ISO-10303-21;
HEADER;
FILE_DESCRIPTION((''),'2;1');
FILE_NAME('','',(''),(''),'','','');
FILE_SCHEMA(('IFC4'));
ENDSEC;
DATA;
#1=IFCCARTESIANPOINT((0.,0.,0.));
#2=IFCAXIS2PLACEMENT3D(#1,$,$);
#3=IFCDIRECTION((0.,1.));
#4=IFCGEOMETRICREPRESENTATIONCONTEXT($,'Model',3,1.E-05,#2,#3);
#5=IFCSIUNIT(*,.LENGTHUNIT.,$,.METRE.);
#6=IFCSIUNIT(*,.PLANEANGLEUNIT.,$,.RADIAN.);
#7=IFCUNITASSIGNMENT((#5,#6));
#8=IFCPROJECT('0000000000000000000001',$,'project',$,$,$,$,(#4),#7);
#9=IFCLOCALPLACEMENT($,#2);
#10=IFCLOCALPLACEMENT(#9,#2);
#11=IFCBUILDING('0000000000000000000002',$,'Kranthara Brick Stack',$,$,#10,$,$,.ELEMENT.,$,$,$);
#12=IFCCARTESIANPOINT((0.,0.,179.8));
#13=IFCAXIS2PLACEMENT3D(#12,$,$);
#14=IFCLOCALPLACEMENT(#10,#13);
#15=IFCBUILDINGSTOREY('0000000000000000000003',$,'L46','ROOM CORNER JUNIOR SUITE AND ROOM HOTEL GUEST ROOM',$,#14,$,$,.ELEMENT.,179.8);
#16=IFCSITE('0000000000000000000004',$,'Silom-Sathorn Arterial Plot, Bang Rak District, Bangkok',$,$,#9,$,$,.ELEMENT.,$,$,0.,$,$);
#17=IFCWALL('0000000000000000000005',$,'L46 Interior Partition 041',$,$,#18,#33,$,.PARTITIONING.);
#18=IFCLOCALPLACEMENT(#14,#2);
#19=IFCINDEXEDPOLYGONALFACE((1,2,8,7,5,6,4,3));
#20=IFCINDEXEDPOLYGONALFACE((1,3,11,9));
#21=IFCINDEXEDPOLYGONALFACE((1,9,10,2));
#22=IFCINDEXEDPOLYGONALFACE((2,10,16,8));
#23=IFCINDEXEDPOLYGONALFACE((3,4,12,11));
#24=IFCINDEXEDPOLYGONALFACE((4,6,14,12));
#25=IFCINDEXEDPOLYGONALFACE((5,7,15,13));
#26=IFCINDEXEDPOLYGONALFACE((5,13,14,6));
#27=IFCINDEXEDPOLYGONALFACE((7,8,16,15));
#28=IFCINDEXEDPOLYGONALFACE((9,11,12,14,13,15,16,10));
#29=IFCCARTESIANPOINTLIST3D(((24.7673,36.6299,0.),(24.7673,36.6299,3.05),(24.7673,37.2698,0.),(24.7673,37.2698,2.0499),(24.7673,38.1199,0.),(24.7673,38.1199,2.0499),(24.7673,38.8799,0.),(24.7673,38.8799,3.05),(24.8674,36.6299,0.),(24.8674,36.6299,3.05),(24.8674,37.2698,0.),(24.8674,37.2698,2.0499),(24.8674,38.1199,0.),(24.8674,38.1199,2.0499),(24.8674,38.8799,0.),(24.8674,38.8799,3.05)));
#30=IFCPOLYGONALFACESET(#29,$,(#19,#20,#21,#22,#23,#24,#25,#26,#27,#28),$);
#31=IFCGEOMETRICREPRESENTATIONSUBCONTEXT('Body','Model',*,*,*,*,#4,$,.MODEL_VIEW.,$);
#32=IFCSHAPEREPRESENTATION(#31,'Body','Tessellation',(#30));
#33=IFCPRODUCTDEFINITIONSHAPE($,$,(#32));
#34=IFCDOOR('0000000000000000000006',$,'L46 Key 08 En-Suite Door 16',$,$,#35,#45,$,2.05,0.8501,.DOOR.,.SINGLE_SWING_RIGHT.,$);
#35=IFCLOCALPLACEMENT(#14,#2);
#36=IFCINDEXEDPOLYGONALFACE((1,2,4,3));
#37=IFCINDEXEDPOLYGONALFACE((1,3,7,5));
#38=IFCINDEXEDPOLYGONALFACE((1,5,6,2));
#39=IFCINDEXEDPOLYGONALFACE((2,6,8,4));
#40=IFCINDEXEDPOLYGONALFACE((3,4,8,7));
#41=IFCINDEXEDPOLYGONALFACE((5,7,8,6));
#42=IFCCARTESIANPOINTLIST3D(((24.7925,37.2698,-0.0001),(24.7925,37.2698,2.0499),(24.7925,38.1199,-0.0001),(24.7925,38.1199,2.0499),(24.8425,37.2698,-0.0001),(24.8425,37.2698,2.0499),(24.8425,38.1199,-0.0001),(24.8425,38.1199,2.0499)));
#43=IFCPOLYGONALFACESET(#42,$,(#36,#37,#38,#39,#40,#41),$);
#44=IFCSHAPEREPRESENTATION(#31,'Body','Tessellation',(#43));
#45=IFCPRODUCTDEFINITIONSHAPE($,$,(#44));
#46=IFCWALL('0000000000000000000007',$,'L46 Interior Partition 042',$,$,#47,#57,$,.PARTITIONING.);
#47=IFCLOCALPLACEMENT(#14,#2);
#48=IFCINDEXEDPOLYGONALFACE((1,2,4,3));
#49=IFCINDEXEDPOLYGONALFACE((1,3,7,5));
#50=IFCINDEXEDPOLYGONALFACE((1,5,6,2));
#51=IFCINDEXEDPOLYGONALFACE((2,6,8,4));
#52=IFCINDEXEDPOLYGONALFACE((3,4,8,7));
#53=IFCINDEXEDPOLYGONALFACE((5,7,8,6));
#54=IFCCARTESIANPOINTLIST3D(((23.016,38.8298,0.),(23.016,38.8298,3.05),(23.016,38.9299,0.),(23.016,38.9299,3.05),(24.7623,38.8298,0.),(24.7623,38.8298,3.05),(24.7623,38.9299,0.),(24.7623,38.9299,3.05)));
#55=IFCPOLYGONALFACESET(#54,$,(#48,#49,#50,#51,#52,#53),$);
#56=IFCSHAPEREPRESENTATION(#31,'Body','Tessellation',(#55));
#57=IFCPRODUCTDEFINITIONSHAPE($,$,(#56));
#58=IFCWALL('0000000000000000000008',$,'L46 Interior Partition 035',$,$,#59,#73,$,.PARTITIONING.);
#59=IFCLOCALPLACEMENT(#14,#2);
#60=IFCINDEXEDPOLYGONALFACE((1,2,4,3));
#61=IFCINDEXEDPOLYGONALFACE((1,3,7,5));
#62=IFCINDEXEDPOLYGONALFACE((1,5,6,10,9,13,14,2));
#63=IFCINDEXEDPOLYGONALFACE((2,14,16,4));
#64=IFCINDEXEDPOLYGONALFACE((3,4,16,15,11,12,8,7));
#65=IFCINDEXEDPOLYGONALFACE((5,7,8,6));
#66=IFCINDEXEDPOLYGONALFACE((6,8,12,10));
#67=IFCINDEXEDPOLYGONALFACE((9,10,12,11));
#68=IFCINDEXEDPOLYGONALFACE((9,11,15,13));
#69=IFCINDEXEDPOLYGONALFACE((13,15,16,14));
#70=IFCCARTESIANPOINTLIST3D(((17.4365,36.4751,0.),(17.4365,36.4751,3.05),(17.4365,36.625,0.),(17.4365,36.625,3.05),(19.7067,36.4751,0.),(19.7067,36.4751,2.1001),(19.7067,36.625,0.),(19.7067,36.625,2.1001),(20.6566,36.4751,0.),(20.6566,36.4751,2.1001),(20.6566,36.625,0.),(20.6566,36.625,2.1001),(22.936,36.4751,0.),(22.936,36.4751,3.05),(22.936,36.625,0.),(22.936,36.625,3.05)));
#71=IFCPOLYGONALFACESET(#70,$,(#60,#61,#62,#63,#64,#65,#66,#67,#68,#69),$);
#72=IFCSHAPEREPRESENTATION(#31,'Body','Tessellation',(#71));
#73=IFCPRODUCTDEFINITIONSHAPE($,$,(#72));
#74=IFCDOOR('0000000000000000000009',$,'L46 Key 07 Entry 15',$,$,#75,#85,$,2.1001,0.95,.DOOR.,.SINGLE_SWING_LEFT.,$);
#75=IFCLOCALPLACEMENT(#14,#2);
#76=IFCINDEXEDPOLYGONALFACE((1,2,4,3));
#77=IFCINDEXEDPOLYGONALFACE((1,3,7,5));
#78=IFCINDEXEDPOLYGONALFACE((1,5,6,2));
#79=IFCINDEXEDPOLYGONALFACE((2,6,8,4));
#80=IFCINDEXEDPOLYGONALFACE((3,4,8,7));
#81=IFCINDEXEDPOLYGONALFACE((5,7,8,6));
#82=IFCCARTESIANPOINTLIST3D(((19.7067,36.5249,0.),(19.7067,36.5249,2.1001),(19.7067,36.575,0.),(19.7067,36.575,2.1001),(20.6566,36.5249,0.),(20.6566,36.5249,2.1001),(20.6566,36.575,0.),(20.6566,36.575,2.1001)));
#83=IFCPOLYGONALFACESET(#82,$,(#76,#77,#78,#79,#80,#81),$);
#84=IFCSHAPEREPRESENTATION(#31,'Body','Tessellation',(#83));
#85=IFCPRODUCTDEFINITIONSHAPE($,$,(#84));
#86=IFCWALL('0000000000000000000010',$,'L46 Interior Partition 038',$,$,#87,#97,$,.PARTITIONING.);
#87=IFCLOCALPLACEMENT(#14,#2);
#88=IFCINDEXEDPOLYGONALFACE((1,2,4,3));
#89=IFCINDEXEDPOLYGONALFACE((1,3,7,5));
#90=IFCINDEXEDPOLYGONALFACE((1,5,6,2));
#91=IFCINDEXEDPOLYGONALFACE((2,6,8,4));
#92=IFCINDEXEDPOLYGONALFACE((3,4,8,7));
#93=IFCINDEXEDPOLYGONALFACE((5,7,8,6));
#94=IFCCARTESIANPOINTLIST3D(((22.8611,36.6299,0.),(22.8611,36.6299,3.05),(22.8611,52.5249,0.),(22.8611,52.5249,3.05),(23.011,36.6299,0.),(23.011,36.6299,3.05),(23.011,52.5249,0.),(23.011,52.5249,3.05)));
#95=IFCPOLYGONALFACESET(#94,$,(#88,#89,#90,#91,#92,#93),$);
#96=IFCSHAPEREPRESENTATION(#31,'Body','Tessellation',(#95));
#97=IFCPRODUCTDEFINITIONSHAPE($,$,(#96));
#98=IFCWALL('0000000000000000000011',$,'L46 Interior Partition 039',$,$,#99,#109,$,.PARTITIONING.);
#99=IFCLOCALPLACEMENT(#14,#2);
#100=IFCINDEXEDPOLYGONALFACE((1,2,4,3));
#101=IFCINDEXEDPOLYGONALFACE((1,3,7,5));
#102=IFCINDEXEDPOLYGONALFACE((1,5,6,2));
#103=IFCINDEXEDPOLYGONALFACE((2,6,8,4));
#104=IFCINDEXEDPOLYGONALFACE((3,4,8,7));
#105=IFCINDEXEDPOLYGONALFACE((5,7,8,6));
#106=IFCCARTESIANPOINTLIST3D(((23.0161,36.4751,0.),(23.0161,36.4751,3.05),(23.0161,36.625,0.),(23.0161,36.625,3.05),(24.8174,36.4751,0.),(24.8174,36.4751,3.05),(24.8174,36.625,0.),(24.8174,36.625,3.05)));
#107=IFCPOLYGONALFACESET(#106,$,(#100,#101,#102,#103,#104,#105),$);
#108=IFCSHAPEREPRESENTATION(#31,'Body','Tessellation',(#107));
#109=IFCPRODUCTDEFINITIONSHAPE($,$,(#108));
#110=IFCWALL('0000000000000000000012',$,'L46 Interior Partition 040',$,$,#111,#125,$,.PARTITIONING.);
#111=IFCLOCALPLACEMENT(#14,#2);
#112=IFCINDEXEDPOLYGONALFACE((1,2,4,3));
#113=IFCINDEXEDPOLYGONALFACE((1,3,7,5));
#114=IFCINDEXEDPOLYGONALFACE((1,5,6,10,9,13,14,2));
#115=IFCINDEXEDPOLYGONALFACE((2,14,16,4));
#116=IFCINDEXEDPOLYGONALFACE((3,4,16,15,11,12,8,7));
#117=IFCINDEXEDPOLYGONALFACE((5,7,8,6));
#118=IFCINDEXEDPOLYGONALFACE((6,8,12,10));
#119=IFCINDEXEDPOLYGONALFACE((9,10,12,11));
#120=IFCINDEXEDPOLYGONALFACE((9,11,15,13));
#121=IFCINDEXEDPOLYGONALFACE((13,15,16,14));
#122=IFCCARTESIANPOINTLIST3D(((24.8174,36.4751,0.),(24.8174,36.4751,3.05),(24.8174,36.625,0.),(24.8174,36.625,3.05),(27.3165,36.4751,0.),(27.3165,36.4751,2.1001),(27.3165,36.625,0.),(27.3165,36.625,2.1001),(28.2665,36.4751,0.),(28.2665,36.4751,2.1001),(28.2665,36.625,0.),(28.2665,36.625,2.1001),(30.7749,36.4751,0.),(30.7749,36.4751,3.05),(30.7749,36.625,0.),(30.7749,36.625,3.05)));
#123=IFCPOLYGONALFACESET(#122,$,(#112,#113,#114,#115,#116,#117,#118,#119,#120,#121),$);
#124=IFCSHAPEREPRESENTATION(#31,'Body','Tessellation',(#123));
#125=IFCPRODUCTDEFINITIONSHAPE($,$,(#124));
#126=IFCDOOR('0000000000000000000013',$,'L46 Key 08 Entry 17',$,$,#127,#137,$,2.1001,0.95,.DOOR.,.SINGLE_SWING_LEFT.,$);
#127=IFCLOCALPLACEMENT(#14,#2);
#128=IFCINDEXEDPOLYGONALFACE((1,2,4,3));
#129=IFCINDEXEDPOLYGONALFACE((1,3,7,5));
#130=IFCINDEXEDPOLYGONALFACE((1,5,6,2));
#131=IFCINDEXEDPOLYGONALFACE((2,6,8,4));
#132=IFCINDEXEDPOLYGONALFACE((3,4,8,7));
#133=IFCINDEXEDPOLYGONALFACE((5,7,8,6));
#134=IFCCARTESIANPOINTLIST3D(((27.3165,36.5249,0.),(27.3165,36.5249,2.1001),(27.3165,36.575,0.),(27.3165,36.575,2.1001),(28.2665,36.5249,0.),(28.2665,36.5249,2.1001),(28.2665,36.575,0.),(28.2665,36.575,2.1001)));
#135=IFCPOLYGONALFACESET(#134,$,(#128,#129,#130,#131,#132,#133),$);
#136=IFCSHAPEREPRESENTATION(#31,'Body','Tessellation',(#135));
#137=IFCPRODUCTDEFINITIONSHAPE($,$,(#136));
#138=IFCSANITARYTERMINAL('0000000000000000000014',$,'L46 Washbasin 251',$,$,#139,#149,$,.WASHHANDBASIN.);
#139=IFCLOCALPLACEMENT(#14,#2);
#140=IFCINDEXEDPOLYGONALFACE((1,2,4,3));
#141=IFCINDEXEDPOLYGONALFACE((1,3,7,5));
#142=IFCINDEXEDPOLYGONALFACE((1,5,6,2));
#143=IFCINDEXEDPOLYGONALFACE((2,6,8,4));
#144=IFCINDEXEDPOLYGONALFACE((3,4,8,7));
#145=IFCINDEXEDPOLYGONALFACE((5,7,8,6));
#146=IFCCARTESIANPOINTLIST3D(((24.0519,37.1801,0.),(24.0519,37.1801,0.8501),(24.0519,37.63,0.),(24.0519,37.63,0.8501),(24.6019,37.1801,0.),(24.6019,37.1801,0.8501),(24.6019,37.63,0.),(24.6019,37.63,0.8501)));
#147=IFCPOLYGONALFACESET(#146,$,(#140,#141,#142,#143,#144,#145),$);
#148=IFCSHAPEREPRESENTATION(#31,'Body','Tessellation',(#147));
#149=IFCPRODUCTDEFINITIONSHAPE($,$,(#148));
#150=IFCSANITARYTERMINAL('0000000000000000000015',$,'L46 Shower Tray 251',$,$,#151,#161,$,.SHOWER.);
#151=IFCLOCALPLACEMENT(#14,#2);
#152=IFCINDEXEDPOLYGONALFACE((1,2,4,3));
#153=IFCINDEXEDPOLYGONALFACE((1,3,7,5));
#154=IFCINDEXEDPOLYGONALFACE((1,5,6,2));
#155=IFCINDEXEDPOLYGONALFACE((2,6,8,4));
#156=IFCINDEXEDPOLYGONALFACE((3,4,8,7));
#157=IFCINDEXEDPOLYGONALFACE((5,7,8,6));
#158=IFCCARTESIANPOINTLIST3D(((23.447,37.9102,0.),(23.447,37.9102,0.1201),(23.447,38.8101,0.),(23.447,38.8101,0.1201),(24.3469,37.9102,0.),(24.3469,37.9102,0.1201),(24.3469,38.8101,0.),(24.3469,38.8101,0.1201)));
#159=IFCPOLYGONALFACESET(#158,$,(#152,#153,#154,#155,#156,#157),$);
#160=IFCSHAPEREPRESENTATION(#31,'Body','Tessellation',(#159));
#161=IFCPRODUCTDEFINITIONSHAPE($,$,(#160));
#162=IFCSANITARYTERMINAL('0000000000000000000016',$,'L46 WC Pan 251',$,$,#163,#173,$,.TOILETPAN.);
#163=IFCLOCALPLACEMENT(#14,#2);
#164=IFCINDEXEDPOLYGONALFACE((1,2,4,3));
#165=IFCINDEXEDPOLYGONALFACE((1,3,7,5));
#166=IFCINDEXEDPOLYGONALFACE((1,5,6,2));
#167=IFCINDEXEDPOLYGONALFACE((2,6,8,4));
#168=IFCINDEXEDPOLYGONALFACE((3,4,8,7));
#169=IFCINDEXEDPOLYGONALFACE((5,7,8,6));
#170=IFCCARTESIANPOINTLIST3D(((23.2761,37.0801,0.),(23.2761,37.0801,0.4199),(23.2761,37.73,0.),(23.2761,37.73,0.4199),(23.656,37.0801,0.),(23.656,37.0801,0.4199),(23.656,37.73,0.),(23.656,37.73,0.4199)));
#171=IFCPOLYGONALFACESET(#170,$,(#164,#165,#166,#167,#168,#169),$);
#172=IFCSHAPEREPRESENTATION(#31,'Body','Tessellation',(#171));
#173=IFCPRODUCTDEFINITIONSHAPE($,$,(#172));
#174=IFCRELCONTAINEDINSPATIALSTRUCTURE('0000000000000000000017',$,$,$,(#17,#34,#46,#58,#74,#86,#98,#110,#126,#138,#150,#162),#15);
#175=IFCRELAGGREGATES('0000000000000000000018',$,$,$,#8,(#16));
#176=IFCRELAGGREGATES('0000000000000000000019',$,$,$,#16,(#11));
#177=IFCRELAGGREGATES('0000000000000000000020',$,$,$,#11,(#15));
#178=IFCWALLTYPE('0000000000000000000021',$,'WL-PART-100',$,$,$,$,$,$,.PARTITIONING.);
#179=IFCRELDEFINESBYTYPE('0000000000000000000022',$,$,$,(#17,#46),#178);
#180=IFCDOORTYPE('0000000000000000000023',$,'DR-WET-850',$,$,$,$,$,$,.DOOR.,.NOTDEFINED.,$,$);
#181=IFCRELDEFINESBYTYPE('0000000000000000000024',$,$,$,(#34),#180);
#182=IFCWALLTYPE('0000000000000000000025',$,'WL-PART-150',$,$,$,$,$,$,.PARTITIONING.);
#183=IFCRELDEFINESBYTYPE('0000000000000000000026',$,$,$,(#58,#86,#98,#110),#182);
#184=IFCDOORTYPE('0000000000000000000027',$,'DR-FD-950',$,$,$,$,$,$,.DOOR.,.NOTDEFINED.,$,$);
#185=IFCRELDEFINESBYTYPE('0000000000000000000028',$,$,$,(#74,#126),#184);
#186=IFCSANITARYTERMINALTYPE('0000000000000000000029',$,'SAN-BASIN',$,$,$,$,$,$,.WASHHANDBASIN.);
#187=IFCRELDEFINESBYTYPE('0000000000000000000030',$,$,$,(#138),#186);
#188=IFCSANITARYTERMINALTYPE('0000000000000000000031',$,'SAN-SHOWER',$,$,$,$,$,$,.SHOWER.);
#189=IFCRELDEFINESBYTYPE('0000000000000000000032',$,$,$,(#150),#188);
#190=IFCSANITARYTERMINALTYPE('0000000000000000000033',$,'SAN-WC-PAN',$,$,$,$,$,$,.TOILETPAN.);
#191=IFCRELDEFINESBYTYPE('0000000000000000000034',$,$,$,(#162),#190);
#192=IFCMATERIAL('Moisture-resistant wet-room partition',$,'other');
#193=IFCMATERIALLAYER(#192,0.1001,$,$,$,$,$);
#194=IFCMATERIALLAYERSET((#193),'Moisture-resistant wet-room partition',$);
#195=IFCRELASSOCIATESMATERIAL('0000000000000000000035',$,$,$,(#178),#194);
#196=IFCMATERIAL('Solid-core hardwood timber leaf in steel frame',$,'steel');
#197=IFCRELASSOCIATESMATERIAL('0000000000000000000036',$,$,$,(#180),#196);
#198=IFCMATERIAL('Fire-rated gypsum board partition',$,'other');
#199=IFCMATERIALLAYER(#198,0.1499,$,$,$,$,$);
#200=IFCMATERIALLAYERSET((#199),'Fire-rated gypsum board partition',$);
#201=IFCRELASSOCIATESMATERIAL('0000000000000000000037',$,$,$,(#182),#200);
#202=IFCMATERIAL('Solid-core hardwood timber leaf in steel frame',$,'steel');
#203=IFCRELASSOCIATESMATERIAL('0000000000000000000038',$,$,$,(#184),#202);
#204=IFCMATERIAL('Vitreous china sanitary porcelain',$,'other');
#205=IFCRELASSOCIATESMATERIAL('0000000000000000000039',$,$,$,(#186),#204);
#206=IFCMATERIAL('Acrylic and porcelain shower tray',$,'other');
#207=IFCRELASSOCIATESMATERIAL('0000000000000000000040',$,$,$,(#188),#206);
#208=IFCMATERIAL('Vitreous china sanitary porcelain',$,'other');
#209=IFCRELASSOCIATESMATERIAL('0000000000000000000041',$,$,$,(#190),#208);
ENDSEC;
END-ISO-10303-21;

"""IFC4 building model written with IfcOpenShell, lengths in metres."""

from ifc_helpers import new_model, si_unit, direction, frame, frame_2d, origin, origin_2d, place, context, subcontext, project, spatial, rectangle, extrude, material, layer, layer_set, type_object, element, fill, save


model = new_model("IFC4")

# Units and contexts
model_context = context("Model", 3, precision=1e-05, world=origin(), true_north=direction((0.0, 1.0)))
body_context = subcontext(model_context, "Body", "Model", "MODEL_VIEW")
ifc_project = project(units=[si_unit("LENGTHUNIT", "METRE"), si_unit("PLANEANGLEUNIT", "RADIAN")], contexts=[model_context])

# Site, building, storey
site_placement = place(None, origin())
site = spatial("IfcSite", under=ifc_project, at=site_placement, Name="Silom-Sathorn Arterial Plot, Bang Rak District, Bangkok", CompositionType="ELEMENT", RefElevation=0.0)
building_placement = place(site_placement, origin())
building = spatial("IfcBuilding", under=site, at=building_placement, Name="Kranthara Brick Stack", CompositionType="ELEMENT")
storey_placement = place(building_placement, frame((0.0, 0.0, 179.8)))
storey = spatial("IfcBuildingStorey", under=building, at=storey_placement, Name="L46", Description="ROOM CORNER JUNIOR SUITE AND ROOM HOTEL GUEST ROOM", CompositionType="ELEMENT", Elevation=179.8)

# Wall, opening, door
ifc_material_1 = material(Name="Moisture-resistant wet-room partition", Category="other")
ifc_layer_1 = layer(ifc_material_1, 0.1001)
ifc_layer_set_1 = layer_set([ifc_layer_1], Name="Moisture-resistant wet-room partition")
wall_type_1 = type_object("IfcWallType", Name="WL-PART-100", PredefinedType="PARTITIONING", material=ifc_layer_set_1)
ifc_material_2 = material(Name="Solid-core hardwood timber leaf in steel frame", Category="steel")
door_type_1 = type_object("IfcDoorType", Name="DR-WET-850", OperationType="NOTDEFINED", PredefinedType="DOOR", material=ifc_material_2)
wall_1_placement = place(storey_placement, frame((24.8174, 36.6299, 0.0), z_axis=(0.0, 0.0, 1.0), x_axis=(0.0, 1.0, 0.0)))
wall_1 = element("IfcWall", 1, at=wall_1_placement, inside=storey, type_object=wall_type_1, Name="L46 Interior Partition 041", PredefinedType="PARTITIONING", context=body_context, shape_type="SweptSolid", body=[
    extrude(rectangle(XDim=2.25, YDim=0.1001, at=frame_2d((1.125, 0.0))), origin(), (0.0, 0.0, 1.0), 3.05),
])
opening_1_placement = place(wall_1_placement, frame((0.6399, 0.0, 0.0)))
opening_1 = element("IfcOpeningElement", 2, at=opening_1_placement, cuts=wall_1, PredefinedType="OPENING", context=body_context, shape_type="SweptSolid", body=[
    extrude(rectangle(XDim=0.8501, YDim=2.05, at=frame_2d((0.425, 1.0249))), frame((0.0, 0.0601, 0.0), z_axis=(0.0, -1.0, 0.0), x_axis=(1.0, 0.0, 0.0)), (0.0, 0.0, 1.0), 0.1201),
])
door_1_placement = place(opening_1_placement, origin())
door_1 = element("IfcDoor", 3, at=door_1_placement, inside=storey, type_object=door_type_1, Name="L46 Key 08 En-Suite Door 16", OperationType="SINGLE_SWING_RIGHT", OverallHeight=2.05, OverallWidth=0.8501, PredefinedType="DOOR", context=body_context, shape_type="SweptSolid", body=[
    extrude(rectangle(XDim=0.8501, YDim=2.05, at=frame_2d((0.425, 1.0249))), frame((0.0, 0.0249, 0.0), z_axis=(0.0, -1.0, 0.0), x_axis=(1.0, 0.0, 0.0)), (0.0, 0.0, 1.0), 0.05),
])
fill(opening_1, door_1)

# Wall
wall_2_placement = place(storey_placement, frame((23.0161, 38.8799, 0.0), z_axis=(0.0, 0.0, 1.0), x_axis=(1.0, 0.0, 0.0)))
element("IfcWall", 4, at=wall_2_placement, inside=storey, type_object=wall_type_1, Name="L46 Interior Partition 042", PredefinedType="PARTITIONING", context=body_context, shape_type="SweptSolid", body=[
    extrude(rectangle(XDim=1.7463, YDim=0.1001, at=frame_2d((0.873, 0.0))), origin(), (0.0, 0.0, 1.0), 3.05),
])

# Wall, opening, door
ifc_material_3 = material(Name="Fire-rated gypsum board partition", Category="other")
ifc_layer_2 = layer(ifc_material_3, 0.1499)
ifc_layer_set_2 = layer_set([ifc_layer_2], Name="Fire-rated gypsum board partition")
wall_type_2 = type_object("IfcWallType", Name="WL-PART-150", PredefinedType="PARTITIONING", material=ifc_layer_set_2)
wall_3_placement = place(storey_placement, frame((17.4365, 36.55, 0.0), z_axis=(0.0, 0.0, 1.0), x_axis=(1.0, 0.0, 0.0)))
wall_3 = element("IfcWall", 5, at=wall_3_placement, inside=storey, type_object=wall_type_2, Name="L46 Interior Partition 035", PredefinedType="PARTITIONING", context=body_context, shape_type="SweptSolid", body=[
    extrude(rectangle(XDim=5.4995, YDim=0.1499, at=frame_2d((2.7498, 0.0))), origin(), (0.0, 0.0, 1.0), 3.05),
])
opening_2_placement = place(wall_3_placement, frame((2.27, 0.0, 0.0)))
opening_2 = element("IfcOpeningElement", 6, at=opening_2_placement, cuts=wall_3, PredefinedType="OPENING", context=body_context, shape_type="SweptSolid", body=[
    extrude(rectangle(XDim=0.95, YDim=2.1001, at=frame_2d((0.4751, 1.05))), frame((0.0, 0.085, 0.0), z_axis=(0.0, -1.0, 0.0), x_axis=(1.0, 0.0, 0.0)), (0.0, 0.0, 1.0), 0.1699),
])
ifc_material_4 = material(Name="Solid-core hardwood timber leaf in steel frame", Category="steel")
door_type_2 = type_object("IfcDoorType", Name="DR-FD-950", OperationType="NOTDEFINED", PredefinedType="DOOR", material=ifc_material_4)
door_2_placement = place(opening_2_placement, origin())
door_2 = element("IfcDoor", 7, at=door_2_placement, inside=storey, type_object=door_type_2, Name="L46 Key 07 Entry 15", OperationType="SINGLE_SWING_LEFT", OverallHeight=2.1001, OverallWidth=0.95, PredefinedType="DOOR", context=body_context, shape_type="SweptSolid", body=[
    extrude(rectangle(XDim=0.95, YDim=2.1001, at=frame_2d((0.4751, 1.05))), frame((0.0, 0.0249, 0.0), z_axis=(0.0, -1.0, 0.0), x_axis=(1.0, 0.0, 0.0)), (0.0, 0.0, 1.0), 0.05),
])
fill(opening_2, door_2)

# Walls
wall_4_placement = place(storey_placement, frame((22.936, 36.6299, 0.0), z_axis=(0.0, 0.0, 1.0), x_axis=(0.0, 1.0, 0.0)))
element("IfcWall", 8, at=wall_4_placement, inside=storey, type_object=wall_type_2, Name="L46 Interior Partition 038", PredefinedType="PARTITIONING", context=body_context, shape_type="SweptSolid", body=[
    extrude(rectangle(XDim=15.895, YDim=0.1499, at=frame_2d((7.9475, 0.0))), origin(), (0.0, 0.0, 1.0), 3.05),
])
wall_5_placement = place(storey_placement, frame((23.0161, 36.55, 0.0), z_axis=(0.0, 0.0, 1.0), x_axis=(1.0, 0.0, 0.0)))
element("IfcWall", 9, at=wall_5_placement, inside=storey, type_object=wall_type_2, Name="L46 Interior Partition 039", PredefinedType="PARTITIONING", context=body_context, shape_type="SweptSolid", body=[
    extrude(rectangle(XDim=1.8013, YDim=0.1499, at=frame_2d((0.9006, 0.0))), origin(), (0.0, 0.0, 1.0), 3.05),
])

# Wall, opening, door
wall_6_placement = place(storey_placement, frame((24.8174, 36.55, 0.0), z_axis=(0.0, 0.0, 1.0), x_axis=(1.0, 0.0, 0.0)))
wall_6 = element("IfcWall", 10, at=wall_6_placement, inside=storey, type_object=wall_type_2, Name="L46 Interior Partition 040", PredefinedType="PARTITIONING", context=body_context, shape_type="SweptSolid", body=[
    extrude(rectangle(XDim=5.9575, YDim=0.1499, at=frame_2d((2.9788, 0.0))), origin(), (0.0, 0.0, 1.0), 3.05),
])
opening_3_placement = place(wall_6_placement, frame((2.499, 0.0, 0.0)))
opening_3 = element("IfcOpeningElement", 11, at=opening_3_placement, cuts=wall_6, PredefinedType="OPENING", context=body_context, shape_type="SweptSolid", body=[
    extrude(rectangle(XDim=0.95, YDim=2.1001, at=frame_2d((0.4751, 1.05))), frame((0.0, 0.085, 0.0), z_axis=(0.0, -1.0, 0.0), x_axis=(1.0, 0.0, 0.0)), (0.0, 0.0, 1.0), 0.1699),
])
door_3_placement = place(opening_3_placement, origin())
door_3 = element("IfcDoor", 12, at=door_3_placement, inside=storey, type_object=door_type_2, Name="L46 Key 08 Entry 17", OperationType="SINGLE_SWING_LEFT", OverallHeight=2.1001, OverallWidth=0.95, PredefinedType="DOOR", context=body_context, shape_type="SweptSolid", body=[
    extrude(rectangle(XDim=0.95, YDim=2.1001, at=frame_2d((0.4751, 1.05))), frame((0.0, 0.0249, 0.0), z_axis=(0.0, -1.0, 0.0), x_axis=(1.0, 0.0, 0.0)), (0.0, 0.0, 1.0), 0.05),
])
fill(opening_3, door_3)

# Sanitary terminals
ifc_material_5 = material(Name="Vitreous china sanitary porcelain", Category="other")
sanitary_terminal_type_1 = type_object("IfcSanitaryTerminalType", Name="SAN-BASIN", PredefinedType="WASHHANDBASIN", material=ifc_material_5)
sanitary_terminal_1_placement = place(storey_placement, frame((24.3269, 37.405, 0.0), z_axis=(0.0, 0.0, 1.0), x_axis=(1.0, 0.0, 0.0)))
element("IfcSanitaryTerminal", 13, at=sanitary_terminal_1_placement, inside=storey, type_object=sanitary_terminal_type_1, Name="L46 Washbasin 251", PredefinedType="WASHHANDBASIN", context=body_context, shape_type="SweptSolid", body=[
    extrude(rectangle(XDim=0.55, YDim=0.45, at=origin_2d()), origin(), (0.0, 0.0, 1.0), 0.8501),
])
ifc_material_6 = material(Name="Acrylic and porcelain shower tray", Category="other")
sanitary_terminal_type_2 = type_object("IfcSanitaryTerminalType", Name="SAN-SHOWER", PredefinedType="SHOWER", material=ifc_material_6)
sanitary_terminal_2_placement = place(storey_placement, frame((23.897, 38.3601, 0.0), z_axis=(0.0, 0.0, 1.0), x_axis=(1.0, 0.0, 0.0)))
element("IfcSanitaryTerminal", 14, at=sanitary_terminal_2_placement, inside=storey, type_object=sanitary_terminal_type_2, Name="L46 Shower Tray 251", PredefinedType="SHOWER", context=body_context, shape_type="SweptSolid", body=[
    extrude(rectangle(XDim=0.8999, YDim=0.8999, at=origin_2d()), origin(), (0.0, 0.0, 1.0), 0.1201),
])
ifc_material_7 = material(Name="Vitreous china sanitary porcelain", Category="other")
sanitary_terminal_type_3 = type_object("IfcSanitaryTerminalType", Name="SAN-WC-PAN", PredefinedType="TOILETPAN", material=ifc_material_7)
sanitary_terminal_3_placement = place(storey_placement, frame((23.4661, 37.405, 0.0), z_axis=(0.0, 0.0, 1.0), x_axis=(1.0, 0.0, 0.0)))
element("IfcSanitaryTerminal", 15, at=sanitary_terminal_3_placement, inside=storey, type_object=sanitary_terminal_type_3, Name="L46 WC Pan 251", PredefinedType="TOILETPAN", context=body_context, shape_type="SweptSolid", body=[
    extrude(rectangle(XDim=0.3799, YDim=0.6499, at=origin_2d()), origin(), (0.0, 0.0, 1.0), 0.4199),
])

save(model, "model.ifc")
